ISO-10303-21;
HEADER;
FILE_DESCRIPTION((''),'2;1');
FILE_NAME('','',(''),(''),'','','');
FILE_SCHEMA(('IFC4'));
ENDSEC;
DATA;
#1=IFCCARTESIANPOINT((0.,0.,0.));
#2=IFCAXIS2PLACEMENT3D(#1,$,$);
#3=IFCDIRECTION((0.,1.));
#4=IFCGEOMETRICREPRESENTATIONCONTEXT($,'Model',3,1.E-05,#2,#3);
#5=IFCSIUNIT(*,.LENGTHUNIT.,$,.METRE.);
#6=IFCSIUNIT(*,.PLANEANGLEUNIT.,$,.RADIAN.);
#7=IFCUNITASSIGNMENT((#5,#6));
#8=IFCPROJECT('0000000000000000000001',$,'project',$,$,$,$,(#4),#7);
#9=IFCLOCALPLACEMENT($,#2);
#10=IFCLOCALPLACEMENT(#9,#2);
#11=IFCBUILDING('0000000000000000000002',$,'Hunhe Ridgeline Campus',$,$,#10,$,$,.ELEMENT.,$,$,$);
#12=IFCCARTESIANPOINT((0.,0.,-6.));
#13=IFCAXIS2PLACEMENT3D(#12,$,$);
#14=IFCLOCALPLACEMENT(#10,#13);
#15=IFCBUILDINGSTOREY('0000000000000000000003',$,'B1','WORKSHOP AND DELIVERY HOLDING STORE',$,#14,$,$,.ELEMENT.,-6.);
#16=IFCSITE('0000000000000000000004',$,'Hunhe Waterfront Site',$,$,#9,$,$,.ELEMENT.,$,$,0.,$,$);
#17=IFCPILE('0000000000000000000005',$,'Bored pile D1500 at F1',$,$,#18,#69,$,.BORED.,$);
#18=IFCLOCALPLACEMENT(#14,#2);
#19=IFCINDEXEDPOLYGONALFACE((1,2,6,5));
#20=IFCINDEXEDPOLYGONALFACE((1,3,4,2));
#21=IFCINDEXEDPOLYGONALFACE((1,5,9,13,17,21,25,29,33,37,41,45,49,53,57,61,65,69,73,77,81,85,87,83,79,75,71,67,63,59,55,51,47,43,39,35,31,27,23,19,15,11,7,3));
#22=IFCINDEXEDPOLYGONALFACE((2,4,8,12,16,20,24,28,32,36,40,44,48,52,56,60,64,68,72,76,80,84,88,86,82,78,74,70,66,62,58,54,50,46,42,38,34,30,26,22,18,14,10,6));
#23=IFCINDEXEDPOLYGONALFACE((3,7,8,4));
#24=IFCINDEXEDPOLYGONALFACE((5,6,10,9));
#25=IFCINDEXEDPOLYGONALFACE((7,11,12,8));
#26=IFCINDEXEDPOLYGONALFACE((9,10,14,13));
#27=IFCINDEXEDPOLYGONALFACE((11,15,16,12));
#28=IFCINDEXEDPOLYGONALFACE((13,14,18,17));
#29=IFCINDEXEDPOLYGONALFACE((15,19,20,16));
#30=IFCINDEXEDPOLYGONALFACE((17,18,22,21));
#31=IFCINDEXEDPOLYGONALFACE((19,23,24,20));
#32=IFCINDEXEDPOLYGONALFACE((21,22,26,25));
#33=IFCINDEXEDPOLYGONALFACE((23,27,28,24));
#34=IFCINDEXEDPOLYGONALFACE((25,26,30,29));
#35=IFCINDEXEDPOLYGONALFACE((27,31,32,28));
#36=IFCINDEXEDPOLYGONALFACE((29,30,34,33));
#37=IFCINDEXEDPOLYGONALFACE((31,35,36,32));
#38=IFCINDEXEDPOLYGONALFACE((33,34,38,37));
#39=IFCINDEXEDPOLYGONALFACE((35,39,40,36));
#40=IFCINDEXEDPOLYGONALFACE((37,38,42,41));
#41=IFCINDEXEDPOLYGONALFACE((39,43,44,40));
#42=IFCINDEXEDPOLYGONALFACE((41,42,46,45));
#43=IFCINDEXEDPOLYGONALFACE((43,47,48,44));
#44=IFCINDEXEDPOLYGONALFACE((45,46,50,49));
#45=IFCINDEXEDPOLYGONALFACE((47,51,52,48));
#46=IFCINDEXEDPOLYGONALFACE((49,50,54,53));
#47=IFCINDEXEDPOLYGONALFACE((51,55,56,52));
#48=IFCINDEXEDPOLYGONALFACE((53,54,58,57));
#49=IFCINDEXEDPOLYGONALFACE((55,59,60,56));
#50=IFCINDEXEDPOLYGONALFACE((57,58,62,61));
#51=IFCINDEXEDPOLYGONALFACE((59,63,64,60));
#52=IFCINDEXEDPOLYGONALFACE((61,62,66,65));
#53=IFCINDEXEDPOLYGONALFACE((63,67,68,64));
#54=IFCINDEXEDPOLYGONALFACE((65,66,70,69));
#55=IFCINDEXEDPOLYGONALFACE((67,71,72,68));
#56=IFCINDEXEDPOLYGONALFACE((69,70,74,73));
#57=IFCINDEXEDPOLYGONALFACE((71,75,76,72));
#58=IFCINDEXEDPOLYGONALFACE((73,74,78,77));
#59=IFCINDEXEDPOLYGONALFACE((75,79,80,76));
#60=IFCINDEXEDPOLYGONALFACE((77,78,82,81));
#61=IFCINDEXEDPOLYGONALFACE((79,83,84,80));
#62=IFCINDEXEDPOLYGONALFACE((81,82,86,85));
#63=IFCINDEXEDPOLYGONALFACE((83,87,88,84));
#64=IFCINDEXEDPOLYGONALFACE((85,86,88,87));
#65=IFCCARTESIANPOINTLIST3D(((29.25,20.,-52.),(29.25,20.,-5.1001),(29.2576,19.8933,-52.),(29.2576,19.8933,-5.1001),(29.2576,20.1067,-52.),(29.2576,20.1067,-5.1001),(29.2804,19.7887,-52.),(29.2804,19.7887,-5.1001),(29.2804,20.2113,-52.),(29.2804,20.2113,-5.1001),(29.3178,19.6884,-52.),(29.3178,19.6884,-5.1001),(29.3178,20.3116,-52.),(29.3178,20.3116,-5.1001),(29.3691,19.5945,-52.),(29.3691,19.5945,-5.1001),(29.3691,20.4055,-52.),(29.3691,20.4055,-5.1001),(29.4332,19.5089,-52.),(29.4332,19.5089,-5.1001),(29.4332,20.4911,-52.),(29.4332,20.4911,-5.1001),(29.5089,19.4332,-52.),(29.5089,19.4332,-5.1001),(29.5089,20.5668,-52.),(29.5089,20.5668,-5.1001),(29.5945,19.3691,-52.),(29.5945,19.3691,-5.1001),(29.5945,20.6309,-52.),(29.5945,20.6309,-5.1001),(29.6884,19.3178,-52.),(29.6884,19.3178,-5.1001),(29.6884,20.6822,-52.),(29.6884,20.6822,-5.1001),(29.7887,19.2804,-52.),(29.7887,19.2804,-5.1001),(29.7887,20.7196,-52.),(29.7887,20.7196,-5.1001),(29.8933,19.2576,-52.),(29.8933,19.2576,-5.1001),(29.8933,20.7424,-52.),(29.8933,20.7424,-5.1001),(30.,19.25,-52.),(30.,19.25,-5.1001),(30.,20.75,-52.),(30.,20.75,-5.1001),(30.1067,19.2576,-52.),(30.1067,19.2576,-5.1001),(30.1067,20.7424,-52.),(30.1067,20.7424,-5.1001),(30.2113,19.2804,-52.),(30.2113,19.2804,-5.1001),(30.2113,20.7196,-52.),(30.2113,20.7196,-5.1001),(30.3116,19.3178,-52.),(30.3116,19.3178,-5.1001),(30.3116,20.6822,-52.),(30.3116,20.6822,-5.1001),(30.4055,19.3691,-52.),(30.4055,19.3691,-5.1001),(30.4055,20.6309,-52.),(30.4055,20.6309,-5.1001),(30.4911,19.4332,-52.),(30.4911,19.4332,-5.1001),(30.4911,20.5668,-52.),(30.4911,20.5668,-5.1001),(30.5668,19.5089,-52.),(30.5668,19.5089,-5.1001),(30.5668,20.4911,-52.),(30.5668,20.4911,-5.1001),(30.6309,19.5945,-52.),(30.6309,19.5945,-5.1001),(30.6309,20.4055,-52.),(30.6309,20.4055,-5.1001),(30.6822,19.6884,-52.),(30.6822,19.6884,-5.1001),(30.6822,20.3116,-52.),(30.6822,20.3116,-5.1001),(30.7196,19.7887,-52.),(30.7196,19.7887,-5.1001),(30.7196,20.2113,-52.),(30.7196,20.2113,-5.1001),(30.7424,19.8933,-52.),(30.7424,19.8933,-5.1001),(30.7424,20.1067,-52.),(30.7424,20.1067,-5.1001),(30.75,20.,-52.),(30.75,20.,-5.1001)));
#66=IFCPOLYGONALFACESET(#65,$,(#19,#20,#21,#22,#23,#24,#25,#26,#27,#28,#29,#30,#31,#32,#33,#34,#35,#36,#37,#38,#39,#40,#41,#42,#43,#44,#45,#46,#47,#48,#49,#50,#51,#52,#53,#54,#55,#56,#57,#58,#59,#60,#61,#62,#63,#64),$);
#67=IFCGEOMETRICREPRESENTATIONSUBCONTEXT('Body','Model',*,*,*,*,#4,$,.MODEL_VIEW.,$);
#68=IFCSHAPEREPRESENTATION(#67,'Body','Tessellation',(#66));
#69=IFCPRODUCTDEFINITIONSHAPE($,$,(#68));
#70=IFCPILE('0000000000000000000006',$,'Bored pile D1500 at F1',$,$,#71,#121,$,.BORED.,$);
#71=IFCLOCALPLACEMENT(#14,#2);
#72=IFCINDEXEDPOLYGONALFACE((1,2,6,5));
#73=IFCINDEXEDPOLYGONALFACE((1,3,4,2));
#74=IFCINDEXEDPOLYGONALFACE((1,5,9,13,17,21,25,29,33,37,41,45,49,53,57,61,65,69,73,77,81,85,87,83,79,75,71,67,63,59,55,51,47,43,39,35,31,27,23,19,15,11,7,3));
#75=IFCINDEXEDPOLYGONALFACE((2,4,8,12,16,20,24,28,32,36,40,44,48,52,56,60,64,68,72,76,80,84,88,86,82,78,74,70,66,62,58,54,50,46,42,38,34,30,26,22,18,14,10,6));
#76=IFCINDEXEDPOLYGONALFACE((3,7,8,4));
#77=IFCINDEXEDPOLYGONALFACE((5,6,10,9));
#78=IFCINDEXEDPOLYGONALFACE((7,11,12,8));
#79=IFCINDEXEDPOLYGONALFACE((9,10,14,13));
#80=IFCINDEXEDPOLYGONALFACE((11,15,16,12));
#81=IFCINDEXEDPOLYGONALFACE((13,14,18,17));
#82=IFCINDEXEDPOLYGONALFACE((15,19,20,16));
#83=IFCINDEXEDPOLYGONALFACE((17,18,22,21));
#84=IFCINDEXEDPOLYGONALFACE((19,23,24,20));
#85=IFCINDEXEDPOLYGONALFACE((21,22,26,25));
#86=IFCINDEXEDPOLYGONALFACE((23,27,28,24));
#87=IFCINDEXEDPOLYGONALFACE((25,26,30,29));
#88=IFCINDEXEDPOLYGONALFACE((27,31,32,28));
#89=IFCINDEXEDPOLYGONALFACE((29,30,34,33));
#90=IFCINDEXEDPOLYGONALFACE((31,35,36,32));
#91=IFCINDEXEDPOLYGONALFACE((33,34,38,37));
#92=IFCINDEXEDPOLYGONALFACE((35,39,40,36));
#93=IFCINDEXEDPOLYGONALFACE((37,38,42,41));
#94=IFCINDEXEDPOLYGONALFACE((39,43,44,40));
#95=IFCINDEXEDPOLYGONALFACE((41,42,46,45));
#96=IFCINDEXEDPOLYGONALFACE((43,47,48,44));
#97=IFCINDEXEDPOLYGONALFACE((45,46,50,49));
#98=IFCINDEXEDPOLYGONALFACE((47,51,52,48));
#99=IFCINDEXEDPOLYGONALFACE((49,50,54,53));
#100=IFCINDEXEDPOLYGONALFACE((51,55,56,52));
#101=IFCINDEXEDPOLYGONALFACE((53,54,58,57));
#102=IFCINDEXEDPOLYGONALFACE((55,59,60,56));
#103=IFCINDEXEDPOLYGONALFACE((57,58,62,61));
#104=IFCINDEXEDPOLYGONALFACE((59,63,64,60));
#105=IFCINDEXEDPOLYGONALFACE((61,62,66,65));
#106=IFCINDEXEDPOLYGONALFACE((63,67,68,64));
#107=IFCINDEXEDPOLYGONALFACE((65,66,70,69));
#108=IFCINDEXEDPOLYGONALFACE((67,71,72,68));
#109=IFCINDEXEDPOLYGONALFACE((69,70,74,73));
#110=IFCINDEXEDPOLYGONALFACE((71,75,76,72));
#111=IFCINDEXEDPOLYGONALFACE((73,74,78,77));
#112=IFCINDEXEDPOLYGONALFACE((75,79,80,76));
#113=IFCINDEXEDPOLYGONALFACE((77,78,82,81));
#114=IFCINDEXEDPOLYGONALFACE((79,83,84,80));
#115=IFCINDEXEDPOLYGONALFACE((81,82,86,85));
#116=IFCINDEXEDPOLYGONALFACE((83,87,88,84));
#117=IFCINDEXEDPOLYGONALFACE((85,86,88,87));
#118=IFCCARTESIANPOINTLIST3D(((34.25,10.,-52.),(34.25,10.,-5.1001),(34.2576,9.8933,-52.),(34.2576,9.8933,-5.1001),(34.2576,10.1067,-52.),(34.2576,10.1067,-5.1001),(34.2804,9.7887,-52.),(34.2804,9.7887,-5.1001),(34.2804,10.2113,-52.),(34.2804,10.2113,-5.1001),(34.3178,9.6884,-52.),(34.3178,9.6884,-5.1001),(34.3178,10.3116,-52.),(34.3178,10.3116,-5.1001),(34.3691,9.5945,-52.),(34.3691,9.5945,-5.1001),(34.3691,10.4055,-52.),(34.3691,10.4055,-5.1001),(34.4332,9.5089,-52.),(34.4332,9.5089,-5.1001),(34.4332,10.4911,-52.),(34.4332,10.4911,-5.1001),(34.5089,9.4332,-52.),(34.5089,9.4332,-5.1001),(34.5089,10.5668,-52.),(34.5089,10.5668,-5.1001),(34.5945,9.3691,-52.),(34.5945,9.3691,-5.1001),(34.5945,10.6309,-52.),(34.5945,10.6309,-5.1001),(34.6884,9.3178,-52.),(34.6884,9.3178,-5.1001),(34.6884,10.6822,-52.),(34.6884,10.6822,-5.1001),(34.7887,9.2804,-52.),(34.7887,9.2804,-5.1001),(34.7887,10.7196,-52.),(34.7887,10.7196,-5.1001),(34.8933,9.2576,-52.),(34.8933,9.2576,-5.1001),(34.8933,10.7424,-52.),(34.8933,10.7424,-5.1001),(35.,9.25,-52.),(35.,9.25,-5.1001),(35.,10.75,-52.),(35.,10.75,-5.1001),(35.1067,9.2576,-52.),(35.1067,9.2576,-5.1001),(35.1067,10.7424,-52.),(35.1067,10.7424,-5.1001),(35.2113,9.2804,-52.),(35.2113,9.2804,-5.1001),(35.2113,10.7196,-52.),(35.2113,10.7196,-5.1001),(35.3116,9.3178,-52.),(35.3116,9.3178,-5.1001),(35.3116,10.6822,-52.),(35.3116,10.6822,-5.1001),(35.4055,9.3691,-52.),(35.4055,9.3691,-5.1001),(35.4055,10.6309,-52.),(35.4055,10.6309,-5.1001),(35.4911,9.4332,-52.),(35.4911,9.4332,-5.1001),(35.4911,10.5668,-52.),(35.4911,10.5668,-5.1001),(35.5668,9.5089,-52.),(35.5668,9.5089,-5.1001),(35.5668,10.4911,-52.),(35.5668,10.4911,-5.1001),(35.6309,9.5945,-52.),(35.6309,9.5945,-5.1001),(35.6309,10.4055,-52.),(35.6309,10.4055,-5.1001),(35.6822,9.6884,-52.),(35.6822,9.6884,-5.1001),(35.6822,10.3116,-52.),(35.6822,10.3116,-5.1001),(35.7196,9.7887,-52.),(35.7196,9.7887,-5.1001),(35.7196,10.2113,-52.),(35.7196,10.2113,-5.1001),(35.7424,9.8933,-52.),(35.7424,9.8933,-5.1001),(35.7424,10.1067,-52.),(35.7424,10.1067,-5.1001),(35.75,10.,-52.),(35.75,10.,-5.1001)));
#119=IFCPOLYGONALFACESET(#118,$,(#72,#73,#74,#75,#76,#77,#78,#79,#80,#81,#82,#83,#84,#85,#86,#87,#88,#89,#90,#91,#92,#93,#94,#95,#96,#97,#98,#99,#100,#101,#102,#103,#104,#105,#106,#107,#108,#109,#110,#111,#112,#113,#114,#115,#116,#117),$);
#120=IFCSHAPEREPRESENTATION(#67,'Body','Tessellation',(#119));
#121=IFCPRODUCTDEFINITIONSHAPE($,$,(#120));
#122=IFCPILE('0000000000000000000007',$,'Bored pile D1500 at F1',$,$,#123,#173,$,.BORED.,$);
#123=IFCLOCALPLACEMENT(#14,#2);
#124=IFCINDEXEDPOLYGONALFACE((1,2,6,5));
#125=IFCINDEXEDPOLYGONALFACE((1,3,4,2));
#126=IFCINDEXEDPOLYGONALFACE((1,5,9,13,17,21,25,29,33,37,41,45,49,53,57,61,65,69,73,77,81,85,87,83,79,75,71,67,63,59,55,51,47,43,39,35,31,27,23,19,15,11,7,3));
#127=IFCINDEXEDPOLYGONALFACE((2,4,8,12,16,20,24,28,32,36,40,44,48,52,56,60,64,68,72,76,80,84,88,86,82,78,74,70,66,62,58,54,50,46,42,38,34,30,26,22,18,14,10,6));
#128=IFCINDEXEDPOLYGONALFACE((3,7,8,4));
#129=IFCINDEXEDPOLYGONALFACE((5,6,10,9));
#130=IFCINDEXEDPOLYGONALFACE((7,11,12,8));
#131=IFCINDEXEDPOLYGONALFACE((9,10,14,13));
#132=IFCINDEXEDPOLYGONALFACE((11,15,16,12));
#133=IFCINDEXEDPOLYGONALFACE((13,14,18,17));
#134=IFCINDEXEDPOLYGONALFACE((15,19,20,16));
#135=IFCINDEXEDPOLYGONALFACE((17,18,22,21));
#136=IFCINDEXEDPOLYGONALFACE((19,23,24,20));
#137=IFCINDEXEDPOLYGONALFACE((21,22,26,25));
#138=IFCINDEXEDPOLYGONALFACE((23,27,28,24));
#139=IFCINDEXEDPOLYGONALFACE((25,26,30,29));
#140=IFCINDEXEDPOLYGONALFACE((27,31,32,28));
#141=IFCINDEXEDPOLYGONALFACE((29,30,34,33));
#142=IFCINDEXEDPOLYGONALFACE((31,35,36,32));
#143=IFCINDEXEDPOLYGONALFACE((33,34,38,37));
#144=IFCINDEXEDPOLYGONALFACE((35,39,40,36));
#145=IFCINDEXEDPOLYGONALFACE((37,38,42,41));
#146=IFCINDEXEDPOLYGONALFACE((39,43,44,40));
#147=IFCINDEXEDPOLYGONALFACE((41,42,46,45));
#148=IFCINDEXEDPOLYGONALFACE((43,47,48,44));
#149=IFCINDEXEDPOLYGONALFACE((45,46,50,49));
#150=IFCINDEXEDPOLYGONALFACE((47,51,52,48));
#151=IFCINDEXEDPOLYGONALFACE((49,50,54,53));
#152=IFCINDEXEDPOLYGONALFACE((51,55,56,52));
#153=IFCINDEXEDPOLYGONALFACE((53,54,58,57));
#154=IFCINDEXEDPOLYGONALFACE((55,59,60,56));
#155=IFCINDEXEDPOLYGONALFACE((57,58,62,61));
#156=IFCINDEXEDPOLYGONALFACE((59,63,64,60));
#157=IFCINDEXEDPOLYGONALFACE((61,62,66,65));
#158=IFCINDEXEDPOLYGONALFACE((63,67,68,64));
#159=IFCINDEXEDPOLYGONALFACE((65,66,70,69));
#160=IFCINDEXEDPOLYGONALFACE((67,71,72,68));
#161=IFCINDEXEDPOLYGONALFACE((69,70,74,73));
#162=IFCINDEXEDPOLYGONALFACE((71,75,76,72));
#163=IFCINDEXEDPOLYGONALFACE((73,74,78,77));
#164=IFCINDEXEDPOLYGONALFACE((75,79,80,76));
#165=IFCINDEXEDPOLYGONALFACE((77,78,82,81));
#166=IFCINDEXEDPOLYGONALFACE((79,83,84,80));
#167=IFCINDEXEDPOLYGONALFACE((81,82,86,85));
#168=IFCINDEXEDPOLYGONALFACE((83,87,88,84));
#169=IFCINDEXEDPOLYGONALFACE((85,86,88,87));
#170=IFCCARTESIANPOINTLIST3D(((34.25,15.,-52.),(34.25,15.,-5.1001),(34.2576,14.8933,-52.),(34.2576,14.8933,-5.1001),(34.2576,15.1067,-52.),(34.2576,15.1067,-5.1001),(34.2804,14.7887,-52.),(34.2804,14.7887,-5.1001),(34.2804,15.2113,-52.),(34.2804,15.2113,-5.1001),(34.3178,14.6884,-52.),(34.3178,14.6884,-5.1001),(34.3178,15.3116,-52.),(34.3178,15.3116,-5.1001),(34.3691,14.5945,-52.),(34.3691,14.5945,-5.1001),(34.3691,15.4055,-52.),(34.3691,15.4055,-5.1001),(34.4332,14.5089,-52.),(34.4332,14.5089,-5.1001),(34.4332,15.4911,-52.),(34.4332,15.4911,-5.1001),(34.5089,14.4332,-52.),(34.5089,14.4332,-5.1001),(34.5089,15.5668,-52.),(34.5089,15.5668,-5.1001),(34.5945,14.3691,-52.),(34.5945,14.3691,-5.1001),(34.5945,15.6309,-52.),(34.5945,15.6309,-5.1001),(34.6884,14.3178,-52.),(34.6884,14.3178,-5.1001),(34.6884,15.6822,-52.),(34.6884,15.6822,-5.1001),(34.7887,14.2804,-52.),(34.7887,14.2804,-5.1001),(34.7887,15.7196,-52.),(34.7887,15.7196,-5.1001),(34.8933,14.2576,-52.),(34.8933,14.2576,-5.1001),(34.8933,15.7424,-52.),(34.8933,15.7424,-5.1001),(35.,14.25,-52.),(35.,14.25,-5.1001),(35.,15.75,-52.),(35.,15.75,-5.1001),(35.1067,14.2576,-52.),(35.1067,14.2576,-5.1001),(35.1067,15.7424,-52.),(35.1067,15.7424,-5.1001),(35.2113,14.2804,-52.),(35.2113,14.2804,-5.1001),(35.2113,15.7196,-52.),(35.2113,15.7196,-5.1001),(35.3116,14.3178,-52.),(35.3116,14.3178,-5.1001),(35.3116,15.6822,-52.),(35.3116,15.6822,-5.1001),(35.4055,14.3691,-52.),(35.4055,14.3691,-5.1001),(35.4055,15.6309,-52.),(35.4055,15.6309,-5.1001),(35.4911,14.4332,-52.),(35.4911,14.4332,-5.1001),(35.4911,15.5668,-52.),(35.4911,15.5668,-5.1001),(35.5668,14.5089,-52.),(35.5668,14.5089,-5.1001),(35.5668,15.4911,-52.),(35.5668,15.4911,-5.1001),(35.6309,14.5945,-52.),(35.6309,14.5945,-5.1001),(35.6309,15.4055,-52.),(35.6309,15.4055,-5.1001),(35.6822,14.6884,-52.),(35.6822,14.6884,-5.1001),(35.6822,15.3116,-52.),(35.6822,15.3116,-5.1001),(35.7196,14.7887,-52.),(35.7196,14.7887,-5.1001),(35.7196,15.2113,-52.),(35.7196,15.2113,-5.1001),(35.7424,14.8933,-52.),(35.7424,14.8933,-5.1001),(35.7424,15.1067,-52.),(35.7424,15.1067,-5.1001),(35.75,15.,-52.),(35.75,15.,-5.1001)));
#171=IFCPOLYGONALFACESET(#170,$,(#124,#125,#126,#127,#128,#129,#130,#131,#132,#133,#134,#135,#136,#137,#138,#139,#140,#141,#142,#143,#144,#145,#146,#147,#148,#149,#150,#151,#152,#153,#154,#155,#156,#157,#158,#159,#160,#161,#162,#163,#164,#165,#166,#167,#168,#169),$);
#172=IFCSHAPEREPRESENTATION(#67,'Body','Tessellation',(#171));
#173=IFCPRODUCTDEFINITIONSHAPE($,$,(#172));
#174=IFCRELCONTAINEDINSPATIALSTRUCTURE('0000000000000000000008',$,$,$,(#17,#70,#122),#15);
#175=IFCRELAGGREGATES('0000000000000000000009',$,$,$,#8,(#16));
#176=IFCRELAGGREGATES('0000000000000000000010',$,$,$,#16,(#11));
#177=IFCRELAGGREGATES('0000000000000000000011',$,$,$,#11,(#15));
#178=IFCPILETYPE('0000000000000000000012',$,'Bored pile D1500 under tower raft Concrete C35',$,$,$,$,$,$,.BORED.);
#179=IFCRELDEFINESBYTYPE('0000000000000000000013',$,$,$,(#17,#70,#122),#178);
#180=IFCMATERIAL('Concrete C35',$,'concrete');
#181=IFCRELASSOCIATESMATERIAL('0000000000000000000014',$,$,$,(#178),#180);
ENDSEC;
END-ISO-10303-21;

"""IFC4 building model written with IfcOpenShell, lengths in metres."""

from ifc_helpers import new_model, si_unit, direction, frame, origin, origin_2d, place, context, subcontext, project, spatial, circle, extrude, material, material_profile, profile_set, type_object, element, save


model = new_model("IFC4")

# Units and contexts
model_context = context("Model", 3, precision=1e-05, world=origin(), true_north=direction((0.0, 1.0)))
body_context = subcontext(model_context, "Body", "Model", "MODEL_VIEW")
ifc_project = project(units=[si_unit("LENGTHUNIT", "METRE"), si_unit("PLANEANGLEUNIT", "RADIAN")], contexts=[model_context])

# Site, building, storey
site_placement = place(None, origin())
site = spatial("IfcSite", under=ifc_project, at=site_placement, Name="Hunhe Waterfront Site", CompositionType="ELEMENT", RefElevation=0.0)
building_placement = place(site_placement, origin())
building = spatial("IfcBuilding", under=site, at=building_placement, Name="Hunhe Ridgeline Campus", CompositionType="ELEMENT")
storey_placement = place(building_placement, frame((0.0, 0.0, -6.0)))
storey = spatial("IfcBuildingStorey", under=building, at=storey_placement, Name="B1", Description="WORKSHOP AND DELIVERY HOLDING STORE", CompositionType="ELEMENT", Elevation=-6.0)

# Piles
ifc_material_1 = material(Name="Concrete C35", Category="concrete")
ifc_material_profile_1 = material_profile(ifc_material_1, circle(Radius=0.75, at=origin_2d()))
ifc_profile_set_1 = profile_set([ifc_material_profile_1], Name="Concrete C35")
pile_type = type_object("IfcPileType", Name="Bored pile D1500 under tower raft Concrete C35", PredefinedType="BORED", material=ifc_profile_set_1)
for number, where, z_axis, x_axis, name in (
    (1, (30.0, 20.0, -5.1001), (0.0, 0.0, -1.0), (1.0, 0.0, 0.0), "Bored pile D1500 at F1"),
    (2, (35.0, 10.0, -5.1001), (0.0, 0.0, -1.0), (1.0, 0.0, 0.0), "Bored pile D1500 at F1"),
    (3, (35.0, 15.0, -5.1001), (0.0, 0.0, -1.0), (1.0, 0.0, 0.0), "Bored pile D1500 at F1"),
):
    element("IfcPile", number, at=place(storey_placement, frame(where, z_axis=z_axis, x_axis=x_axis)), inside=storey, type_object=pile_type, Name=name, PredefinedType="BORED", context=body_context, shape_type="SweptSolid", body=[
        extrude(circle(Radius=0.75, at=origin_2d()), origin(), (0.0, 0.0, 1.0), 46.8999),
    ])

save(model, "model.ifc")
